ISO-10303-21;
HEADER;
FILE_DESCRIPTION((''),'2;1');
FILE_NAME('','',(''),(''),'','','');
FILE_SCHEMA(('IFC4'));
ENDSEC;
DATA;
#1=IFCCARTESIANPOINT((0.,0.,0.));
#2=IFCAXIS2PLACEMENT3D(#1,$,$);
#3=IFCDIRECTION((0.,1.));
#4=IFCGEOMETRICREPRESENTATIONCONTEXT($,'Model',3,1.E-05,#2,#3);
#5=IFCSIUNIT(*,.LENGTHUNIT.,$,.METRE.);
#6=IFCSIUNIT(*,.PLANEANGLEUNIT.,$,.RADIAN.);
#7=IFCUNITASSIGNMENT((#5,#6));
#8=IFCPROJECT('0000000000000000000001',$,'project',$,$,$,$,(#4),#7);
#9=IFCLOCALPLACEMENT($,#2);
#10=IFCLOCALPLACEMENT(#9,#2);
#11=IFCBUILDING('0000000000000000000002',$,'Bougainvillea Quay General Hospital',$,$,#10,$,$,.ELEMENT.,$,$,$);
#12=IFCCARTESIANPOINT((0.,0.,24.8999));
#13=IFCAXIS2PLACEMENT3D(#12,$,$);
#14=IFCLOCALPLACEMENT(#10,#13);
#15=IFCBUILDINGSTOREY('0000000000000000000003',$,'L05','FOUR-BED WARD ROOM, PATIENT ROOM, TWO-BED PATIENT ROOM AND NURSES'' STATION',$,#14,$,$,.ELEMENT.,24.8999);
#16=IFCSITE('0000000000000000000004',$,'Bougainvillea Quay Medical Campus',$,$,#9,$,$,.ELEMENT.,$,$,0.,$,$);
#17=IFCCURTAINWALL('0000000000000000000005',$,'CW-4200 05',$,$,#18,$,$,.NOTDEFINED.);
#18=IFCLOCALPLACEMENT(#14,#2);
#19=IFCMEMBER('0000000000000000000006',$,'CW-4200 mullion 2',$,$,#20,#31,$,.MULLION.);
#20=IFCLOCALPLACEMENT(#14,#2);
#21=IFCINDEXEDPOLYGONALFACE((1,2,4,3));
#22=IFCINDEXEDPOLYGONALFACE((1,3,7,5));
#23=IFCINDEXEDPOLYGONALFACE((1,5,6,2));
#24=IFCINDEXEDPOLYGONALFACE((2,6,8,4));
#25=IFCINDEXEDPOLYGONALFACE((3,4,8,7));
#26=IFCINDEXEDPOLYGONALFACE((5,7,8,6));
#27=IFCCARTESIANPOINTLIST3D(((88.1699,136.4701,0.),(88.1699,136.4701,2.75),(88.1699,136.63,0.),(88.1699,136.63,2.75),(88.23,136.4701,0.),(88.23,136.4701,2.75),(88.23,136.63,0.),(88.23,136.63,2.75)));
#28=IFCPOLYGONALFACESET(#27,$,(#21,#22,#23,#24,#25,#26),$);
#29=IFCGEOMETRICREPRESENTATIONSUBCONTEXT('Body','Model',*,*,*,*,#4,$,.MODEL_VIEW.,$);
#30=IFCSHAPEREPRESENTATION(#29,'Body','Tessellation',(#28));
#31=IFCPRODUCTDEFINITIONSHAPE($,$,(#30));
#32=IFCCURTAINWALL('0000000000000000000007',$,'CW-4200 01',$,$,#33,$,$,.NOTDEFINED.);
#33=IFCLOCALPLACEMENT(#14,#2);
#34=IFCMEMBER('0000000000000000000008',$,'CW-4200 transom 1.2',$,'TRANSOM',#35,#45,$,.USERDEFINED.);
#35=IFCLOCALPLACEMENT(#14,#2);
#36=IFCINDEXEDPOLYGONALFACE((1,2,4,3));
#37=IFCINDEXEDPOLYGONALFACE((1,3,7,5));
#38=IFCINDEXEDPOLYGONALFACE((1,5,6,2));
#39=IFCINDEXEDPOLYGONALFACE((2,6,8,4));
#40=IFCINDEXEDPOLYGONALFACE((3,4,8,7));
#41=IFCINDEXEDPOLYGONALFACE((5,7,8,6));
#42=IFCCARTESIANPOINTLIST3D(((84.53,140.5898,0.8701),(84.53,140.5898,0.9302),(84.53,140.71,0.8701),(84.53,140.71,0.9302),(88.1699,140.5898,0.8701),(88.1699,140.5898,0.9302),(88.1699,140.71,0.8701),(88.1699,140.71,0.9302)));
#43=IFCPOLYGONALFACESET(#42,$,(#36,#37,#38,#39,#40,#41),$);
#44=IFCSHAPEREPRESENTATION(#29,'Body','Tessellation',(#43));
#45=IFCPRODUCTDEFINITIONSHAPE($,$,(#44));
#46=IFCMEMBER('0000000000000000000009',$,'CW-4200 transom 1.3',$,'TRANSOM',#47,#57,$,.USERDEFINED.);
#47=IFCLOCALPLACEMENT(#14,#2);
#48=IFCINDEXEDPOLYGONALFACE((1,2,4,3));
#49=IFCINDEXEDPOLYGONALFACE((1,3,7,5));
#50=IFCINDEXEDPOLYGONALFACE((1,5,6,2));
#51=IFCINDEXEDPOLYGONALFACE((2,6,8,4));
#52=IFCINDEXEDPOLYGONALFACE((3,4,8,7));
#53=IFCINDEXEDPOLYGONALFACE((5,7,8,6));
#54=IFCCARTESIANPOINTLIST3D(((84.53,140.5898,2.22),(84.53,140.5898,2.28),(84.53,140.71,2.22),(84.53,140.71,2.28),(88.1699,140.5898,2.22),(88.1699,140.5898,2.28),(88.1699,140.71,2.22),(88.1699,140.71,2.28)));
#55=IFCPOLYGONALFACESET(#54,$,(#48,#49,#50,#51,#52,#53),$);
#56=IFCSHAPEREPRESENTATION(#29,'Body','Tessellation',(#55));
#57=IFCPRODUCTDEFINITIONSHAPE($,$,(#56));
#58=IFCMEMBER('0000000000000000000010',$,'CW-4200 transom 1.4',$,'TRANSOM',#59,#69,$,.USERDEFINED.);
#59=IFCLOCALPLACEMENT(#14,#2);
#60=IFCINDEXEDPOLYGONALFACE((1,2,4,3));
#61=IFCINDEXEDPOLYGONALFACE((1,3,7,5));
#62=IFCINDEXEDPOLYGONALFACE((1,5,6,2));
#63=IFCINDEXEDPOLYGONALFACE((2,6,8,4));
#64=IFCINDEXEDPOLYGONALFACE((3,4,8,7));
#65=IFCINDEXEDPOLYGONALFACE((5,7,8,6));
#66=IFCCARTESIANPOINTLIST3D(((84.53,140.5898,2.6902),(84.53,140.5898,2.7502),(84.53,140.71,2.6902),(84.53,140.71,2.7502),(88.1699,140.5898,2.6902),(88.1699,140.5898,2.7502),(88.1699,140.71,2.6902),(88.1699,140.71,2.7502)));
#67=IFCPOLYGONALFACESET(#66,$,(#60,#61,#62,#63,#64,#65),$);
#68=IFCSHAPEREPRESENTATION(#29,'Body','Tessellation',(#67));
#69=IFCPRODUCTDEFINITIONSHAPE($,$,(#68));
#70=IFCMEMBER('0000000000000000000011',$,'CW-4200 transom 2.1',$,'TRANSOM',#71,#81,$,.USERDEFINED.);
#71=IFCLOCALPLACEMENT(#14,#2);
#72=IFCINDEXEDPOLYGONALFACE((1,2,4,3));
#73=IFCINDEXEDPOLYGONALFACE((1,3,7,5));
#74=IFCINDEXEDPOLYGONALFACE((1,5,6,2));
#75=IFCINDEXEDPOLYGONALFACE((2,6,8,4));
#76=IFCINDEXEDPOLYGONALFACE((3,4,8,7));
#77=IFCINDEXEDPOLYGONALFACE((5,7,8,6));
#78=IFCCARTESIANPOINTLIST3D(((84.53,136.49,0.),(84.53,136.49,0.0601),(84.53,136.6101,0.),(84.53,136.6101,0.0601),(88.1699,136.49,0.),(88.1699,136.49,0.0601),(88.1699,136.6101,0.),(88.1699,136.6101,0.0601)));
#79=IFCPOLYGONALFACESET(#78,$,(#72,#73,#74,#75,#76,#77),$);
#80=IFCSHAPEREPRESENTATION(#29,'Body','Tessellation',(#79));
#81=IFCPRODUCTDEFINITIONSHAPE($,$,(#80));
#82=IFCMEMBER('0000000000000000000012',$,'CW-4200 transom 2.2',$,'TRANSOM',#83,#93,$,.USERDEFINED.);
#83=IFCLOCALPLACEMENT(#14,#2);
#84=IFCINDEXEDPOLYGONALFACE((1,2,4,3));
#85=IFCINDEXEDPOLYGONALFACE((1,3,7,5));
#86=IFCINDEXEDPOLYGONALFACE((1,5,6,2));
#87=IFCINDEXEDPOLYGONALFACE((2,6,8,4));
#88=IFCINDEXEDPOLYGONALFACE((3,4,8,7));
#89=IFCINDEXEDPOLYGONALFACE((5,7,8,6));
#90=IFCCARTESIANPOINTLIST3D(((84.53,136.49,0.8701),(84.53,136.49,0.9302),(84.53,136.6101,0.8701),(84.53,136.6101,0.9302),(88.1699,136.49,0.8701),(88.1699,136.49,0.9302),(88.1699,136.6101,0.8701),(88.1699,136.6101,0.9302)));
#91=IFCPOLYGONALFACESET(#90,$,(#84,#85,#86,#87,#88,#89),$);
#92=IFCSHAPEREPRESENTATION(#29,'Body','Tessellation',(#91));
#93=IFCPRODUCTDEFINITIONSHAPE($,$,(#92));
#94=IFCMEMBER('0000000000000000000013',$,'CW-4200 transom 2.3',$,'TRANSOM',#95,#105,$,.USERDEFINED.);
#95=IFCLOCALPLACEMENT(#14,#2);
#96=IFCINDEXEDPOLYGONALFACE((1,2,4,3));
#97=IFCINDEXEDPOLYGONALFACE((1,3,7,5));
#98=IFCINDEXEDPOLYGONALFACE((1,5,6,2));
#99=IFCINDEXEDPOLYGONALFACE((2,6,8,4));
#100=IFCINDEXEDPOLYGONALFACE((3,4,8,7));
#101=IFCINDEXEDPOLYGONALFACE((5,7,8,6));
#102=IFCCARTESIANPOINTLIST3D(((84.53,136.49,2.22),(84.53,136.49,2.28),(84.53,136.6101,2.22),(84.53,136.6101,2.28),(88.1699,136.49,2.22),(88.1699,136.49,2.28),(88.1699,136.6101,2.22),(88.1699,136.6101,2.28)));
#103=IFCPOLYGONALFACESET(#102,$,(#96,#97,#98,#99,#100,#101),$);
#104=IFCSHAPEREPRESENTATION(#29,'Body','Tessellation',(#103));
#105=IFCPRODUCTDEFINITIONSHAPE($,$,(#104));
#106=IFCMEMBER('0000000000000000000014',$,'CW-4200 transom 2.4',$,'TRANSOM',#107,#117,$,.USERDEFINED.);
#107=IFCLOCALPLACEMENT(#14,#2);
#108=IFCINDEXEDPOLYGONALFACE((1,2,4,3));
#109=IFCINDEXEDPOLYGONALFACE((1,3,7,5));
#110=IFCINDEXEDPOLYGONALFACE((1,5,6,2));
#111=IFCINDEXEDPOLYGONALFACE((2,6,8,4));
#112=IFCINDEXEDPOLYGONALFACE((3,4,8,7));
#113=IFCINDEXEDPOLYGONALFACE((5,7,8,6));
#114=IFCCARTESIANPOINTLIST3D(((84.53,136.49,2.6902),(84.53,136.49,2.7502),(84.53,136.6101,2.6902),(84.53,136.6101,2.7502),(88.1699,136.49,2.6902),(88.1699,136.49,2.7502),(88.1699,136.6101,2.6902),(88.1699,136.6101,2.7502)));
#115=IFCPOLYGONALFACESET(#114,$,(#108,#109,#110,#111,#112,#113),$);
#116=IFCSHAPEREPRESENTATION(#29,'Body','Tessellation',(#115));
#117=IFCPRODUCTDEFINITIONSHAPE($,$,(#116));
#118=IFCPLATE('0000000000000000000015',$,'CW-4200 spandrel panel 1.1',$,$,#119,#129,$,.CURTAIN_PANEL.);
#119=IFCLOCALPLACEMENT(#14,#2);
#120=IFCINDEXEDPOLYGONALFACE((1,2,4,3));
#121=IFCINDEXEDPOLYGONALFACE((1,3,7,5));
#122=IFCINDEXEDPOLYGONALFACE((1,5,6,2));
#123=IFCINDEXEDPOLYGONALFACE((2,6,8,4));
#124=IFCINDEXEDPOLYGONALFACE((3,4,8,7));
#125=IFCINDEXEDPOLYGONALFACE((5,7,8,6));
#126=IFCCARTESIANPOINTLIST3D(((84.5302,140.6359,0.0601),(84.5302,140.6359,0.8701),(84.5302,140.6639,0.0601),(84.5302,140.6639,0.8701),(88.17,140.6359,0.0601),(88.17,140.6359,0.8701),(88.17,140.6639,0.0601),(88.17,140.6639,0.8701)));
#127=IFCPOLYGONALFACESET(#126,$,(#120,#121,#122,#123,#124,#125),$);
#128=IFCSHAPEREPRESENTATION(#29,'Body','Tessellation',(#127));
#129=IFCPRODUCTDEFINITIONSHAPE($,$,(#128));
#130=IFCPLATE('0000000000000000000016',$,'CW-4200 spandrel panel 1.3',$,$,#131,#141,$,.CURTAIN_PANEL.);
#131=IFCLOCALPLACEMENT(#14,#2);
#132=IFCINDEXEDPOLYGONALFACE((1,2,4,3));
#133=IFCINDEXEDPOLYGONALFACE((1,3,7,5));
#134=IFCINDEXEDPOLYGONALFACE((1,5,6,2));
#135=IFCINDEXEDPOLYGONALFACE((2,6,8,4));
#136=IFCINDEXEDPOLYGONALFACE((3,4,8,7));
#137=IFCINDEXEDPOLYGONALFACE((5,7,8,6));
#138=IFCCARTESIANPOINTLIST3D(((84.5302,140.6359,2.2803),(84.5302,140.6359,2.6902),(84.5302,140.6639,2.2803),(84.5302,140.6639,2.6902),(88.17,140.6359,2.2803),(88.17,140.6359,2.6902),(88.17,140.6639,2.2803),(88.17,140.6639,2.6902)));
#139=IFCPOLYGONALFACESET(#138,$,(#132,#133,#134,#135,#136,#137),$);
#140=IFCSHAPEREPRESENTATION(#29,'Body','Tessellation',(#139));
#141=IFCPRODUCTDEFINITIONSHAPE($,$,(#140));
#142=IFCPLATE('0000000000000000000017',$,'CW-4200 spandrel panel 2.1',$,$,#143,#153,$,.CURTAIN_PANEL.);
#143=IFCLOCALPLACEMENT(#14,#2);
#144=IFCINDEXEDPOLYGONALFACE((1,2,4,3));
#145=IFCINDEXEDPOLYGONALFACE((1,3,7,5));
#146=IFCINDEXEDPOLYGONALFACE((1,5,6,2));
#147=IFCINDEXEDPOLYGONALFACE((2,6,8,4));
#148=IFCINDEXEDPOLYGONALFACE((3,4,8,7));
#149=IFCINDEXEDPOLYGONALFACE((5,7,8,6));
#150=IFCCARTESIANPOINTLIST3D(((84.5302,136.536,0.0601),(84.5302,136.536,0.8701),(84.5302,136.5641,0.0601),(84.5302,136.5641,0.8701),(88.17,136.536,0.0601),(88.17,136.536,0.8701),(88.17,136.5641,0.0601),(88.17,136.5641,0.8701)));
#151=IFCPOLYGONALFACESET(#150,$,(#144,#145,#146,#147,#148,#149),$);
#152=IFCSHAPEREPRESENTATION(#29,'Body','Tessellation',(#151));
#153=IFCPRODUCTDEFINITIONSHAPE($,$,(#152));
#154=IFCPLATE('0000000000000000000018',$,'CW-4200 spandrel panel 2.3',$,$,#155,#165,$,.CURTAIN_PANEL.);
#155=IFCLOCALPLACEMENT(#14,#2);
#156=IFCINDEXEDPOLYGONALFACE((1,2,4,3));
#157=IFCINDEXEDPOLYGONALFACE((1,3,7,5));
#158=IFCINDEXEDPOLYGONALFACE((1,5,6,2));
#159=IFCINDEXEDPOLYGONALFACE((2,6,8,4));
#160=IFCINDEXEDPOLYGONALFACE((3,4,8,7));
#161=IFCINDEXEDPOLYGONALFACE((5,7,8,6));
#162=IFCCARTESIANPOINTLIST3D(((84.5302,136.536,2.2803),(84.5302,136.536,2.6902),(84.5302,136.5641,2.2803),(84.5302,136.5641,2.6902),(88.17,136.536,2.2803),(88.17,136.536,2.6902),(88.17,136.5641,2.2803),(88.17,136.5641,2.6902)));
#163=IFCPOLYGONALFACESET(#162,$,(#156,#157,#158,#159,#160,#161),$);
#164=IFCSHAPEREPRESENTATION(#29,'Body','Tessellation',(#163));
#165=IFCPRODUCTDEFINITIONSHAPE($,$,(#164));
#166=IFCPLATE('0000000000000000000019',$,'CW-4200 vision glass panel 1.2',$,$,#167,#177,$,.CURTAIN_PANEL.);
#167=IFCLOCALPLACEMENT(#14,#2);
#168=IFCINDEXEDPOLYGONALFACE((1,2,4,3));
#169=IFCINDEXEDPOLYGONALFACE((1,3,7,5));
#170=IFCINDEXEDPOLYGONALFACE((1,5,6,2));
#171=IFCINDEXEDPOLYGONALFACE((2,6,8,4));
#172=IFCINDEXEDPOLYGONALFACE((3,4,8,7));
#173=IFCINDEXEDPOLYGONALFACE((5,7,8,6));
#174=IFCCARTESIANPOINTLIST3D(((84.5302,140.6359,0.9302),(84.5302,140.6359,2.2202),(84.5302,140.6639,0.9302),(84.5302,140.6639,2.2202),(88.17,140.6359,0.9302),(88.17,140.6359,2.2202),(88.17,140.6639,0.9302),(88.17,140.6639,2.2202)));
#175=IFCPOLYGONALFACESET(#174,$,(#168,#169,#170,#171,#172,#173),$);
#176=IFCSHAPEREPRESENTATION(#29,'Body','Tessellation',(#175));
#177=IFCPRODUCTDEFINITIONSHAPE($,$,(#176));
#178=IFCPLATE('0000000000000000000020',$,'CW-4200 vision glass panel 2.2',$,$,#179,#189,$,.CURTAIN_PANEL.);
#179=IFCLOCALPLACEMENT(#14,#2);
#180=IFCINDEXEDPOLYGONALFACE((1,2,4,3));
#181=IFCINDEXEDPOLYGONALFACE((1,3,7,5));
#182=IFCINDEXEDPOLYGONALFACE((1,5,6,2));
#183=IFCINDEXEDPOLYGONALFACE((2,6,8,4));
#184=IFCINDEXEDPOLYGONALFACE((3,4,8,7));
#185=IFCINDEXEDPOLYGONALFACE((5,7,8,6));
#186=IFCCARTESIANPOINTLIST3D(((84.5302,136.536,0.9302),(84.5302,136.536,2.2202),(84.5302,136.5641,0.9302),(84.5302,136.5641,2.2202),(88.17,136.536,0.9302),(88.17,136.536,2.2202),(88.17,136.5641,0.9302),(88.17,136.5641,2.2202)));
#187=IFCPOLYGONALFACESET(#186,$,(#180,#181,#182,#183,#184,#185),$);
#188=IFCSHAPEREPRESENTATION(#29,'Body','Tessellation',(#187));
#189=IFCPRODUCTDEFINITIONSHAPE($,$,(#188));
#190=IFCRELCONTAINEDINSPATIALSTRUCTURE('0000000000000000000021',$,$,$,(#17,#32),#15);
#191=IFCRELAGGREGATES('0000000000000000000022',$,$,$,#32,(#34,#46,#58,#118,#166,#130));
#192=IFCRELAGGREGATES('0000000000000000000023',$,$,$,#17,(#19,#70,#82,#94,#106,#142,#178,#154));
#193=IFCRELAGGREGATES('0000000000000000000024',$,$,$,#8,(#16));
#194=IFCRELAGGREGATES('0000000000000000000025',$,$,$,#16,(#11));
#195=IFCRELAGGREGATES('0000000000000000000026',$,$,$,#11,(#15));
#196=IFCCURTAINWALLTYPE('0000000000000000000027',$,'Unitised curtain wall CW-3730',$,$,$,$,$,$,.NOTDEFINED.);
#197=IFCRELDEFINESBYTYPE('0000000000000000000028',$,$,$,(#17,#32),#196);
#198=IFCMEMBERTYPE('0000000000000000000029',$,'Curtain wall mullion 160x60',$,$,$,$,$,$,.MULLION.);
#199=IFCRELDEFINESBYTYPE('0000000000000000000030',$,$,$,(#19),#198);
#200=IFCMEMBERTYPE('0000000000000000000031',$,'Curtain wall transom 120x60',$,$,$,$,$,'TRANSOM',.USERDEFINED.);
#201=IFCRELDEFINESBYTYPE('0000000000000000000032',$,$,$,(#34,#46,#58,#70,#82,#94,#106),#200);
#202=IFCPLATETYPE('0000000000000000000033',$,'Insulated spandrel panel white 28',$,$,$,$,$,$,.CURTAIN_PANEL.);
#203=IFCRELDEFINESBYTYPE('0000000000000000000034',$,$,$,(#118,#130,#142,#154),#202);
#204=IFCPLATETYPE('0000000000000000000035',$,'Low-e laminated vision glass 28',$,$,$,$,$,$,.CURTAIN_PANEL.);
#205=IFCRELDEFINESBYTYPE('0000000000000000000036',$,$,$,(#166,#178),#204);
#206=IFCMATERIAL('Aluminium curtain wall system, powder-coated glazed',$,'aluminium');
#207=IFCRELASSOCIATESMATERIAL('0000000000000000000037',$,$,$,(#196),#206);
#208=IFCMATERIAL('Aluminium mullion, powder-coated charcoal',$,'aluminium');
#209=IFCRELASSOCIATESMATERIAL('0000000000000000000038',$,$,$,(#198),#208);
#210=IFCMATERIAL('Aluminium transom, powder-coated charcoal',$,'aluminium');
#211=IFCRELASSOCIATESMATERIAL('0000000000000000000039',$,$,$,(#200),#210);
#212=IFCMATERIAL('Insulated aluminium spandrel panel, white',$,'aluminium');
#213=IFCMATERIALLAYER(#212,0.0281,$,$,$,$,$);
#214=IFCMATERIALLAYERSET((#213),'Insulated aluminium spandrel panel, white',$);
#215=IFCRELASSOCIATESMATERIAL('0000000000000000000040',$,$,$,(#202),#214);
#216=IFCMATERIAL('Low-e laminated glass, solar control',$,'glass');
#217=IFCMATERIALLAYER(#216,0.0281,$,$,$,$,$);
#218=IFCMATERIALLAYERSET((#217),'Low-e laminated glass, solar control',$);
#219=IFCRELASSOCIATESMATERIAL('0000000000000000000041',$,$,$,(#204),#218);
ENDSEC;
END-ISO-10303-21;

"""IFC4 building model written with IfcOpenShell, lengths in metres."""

from ifc_helpers import new_model, si_unit, direction, frame, origin, origin_2d, place, context, subcontext, project, spatial, rectangle, extrude, material, layer, layer_set, material_profile, profile_set, type_object, element, aggregate, save


model = new_model("IFC4")

# Units and contexts
model_context = context("Model", 3, precision=1e-05, world=origin(), true_north=direction((0.0, 1.0)))
body_context = subcontext(model_context, "Body", "Model", "MODEL_VIEW")
ifc_project = project(units=[si_unit("LENGTHUNIT", "METRE"), si_unit("PLANEANGLEUNIT", "RADIAN")], contexts=[model_context])

# Site, building, storey
site_placement = place(None, origin())
site = spatial("IfcSite", under=ifc_project, at=site_placement, Name="Bougainvillea Quay Medical Campus", CompositionType="ELEMENT", RefElevation=0.0)
building_placement = place(site_placement, origin())
building = spatial("IfcBuilding", under=site, at=building_placement, Name="Bougainvillea Quay General Hospital", CompositionType="ELEMENT")
storey_placement = place(building_placement, frame((0.0, 0.0, 24.8999)))
storey = spatial("IfcBuildingStorey", under=building, at=storey_placement, Name="L05", Description="FOUR-BED WARD ROOM, PATIENT ROOM, TWO-BED PATIENT ROOM AND NURSES' STATION", CompositionType="ELEMENT", Elevation=24.8999)

# Curtain wall, member
ifc_material_1 = material(Name="Aluminium curtain wall system, powder-coated glazed", Category="aluminium")
curtain_wall_type = type_object("IfcCurtainWallType", Name="Unitised curtain wall CW-3730", PredefinedType="NOTDEFINED", material=ifc_material_1)
curtain_wall_1_placement = place(storey_placement, origin())
curtain_wall_1 = element("IfcCurtainWall", 1, at=curtain_wall_1_placement, inside=storey, type_object=curtain_wall_type, Name="CW-4200 05", PredefinedType="NOTDEFINED")
ifc_material_2 = material(Name="Aluminium mullion, powder-coated charcoal", Category="aluminium")
ifc_material_profile_1 = material_profile(ifc_material_2, rectangle(XDim=0.1599, YDim=0.0601, at=origin_2d()))
ifc_profile_set_1 = profile_set([ifc_material_profile_1], Name="Aluminium mullion, powder-coated charcoal")
member_type_1 = type_object("IfcMemberType", Name="Curtain wall mullion 160x60", PredefinedType="MULLION", material=ifc_profile_set_1)
member_1_placement = place(storey_placement, frame((88.2, 136.55, 0.0), z_axis=(0.0, 0.0, 1.0), x_axis=(0.0, -1.0, 0.0)))
member_1 = element("IfcMember", 2, at=member_1_placement, type_object=member_type_1, Name="CW-4200 mullion 2", PredefinedType="MULLION", context=body_context, shape_type="SweptSolid", body=[
    extrude(rectangle(XDim=0.1599, YDim=0.0601, at=origin_2d()), origin(), (0.0, 0.0, 1.0), 2.75),
])

# Curtain wall, members
curtain_wall_2_placement = place(storey_placement, origin())
curtain_wall_2 = element("IfcCurtainWall", 3, at=curtain_wall_2_placement, inside=storey, type_object=curtain_wall_type, Name="CW-4200 01", PredefinedType="NOTDEFINED")
ifc_material_3 = material(Name="Aluminium transom, powder-coated charcoal", Category="aluminium")
ifc_material_profile_2 = material_profile(ifc_material_3, rectangle(XDim=0.1201, YDim=0.0601, at=origin_2d()))
ifc_profile_set_2 = profile_set([ifc_material_profile_2], Name="Aluminium transom, powder-coated charcoal")
member_type_2 = type_object("IfcMemberType", Name="Curtain wall transom 120x60", ElementType="TRANSOM", PredefinedType="USERDEFINED", material=ifc_profile_set_2)
member_2_placement = place(storey_placement, frame((84.53, 140.6499, 0.9001), z_axis=(1.0, 0.0, 0.0), x_axis=(0.0, 1.0, 0.0)))
member_2 = element("IfcMember", 4, at=member_2_placement, type_object=member_type_2, Name="CW-4200 transom 1.2", ObjectType="TRANSOM", PredefinedType="USERDEFINED", context=body_context, shape_type="SweptSolid", body=[
    extrude(rectangle(XDim=0.1201, YDim=0.0601, at=origin_2d()), origin(), (0.0, 0.0, 1.0), 3.6399),
])
member_3_placement = place(storey_placement, frame((84.53, 140.6499, 2.25), z_axis=(1.0, 0.0, 0.0), x_axis=(0.0, 1.0, 0.0)))
member_3 = element("IfcMember", 5, at=member_3_placement, type_object=member_type_2, Name="CW-4200 transom 1.3", ObjectType="TRANSOM", PredefinedType="USERDEFINED", context=body_context, shape_type="SweptSolid", body=[
    extrude(rectangle(XDim=0.1201, YDim=0.0601, at=origin_2d()), origin(), (0.0, 0.0, 1.0), 3.6399),
])
member_4_placement = place(storey_placement, frame((84.53, 140.6499, 2.7202), z_axis=(1.0, 0.0, 0.0), x_axis=(0.0, 1.0, 0.0)))
member_4 = element("IfcMember", 6, at=member_4_placement, type_object=member_type_2, Name="CW-4200 transom 1.4", ObjectType="TRANSOM", PredefinedType="USERDEFINED", context=body_context, shape_type="SweptSolid", body=[
    extrude(rectangle(XDim=0.1201, YDim=0.0601, at=origin_2d()), origin(), (0.0, 0.0, 1.0), 3.6399),
])

# Members
member_5_placement = place(storey_placement, frame((88.1699, 136.55, 0.03), z_axis=(-1.0, 0.0, 0.0), x_axis=(0.0, -1.0, 0.0)))
member_5 = element("IfcMember", 7, at=member_5_placement, type_object=member_type_2, Name="CW-4200 transom 2.1", ObjectType="TRANSOM", PredefinedType="USERDEFINED", context=body_context, shape_type="SweptSolid", body=[
    extrude(rectangle(XDim=0.1201, YDim=0.0601, at=origin_2d()), origin(), (0.0, 0.0, 1.0), 3.6399),
])
member_6_placement = place(storey_placement, frame((88.1699, 136.55, 0.9001), z_axis=(-1.0, 0.0, 0.0), x_axis=(0.0, -1.0, 0.0)))
member_6 = element("IfcMember", 8, at=member_6_placement, type_object=member_type_2, Name="CW-4200 transom 2.2", ObjectType="TRANSOM", PredefinedType="USERDEFINED", context=body_context, shape_type="SweptSolid", body=[
    extrude(rectangle(XDim=0.1201, YDim=0.0601, at=origin_2d()), origin(), (0.0, 0.0, 1.0), 3.6399),
])
member_7_placement = place(storey_placement, frame((88.1699, 136.55, 2.25), z_axis=(-1.0, 0.0, 0.0), x_axis=(0.0, -1.0, 0.0)))
member_7 = element("IfcMember", 9, at=member_7_placement, type_object=member_type_2, Name="CW-4200 transom 2.3", ObjectType="TRANSOM", PredefinedType="USERDEFINED", context=body_context, shape_type="SweptSolid", body=[
    extrude(rectangle(XDim=0.1201, YDim=0.0601, at=origin_2d()), origin(), (0.0, 0.0, 1.0), 3.6399),
])
member_8_placement = place(storey_placement, frame((88.1699, 136.55, 2.7202), z_axis=(-1.0, 0.0, 0.0), x_axis=(0.0, -1.0, 0.0)))
member_8 = element("IfcMember", 10, at=member_8_placement, type_object=member_type_2, Name="CW-4200 transom 2.4", ObjectType="TRANSOM", PredefinedType="USERDEFINED", context=body_context, shape_type="SweptSolid", body=[
    extrude(rectangle(XDim=0.1201, YDim=0.0601, at=origin_2d()), origin(), (0.0, 0.0, 1.0), 3.6399),
])

# Plates
ifc_material_4 = material(Name="Insulated aluminium spandrel panel, white", Category="aluminium")
ifc_layer_1 = layer(ifc_material_4, 0.0281)
ifc_layer_set_1 = layer_set([ifc_layer_1], Name="Insulated aluminium spandrel panel, white")
plate_type_1 = type_object("IfcPlateType", Name="Insulated spandrel panel white 28", PredefinedType="CURTAIN_PANEL", material=ifc_layer_set_1)
plate_1_placement = place(storey_placement, frame((86.3501, 140.6499, 0.0601), z_axis=(0.0, 0.0, 1.0), x_axis=(1.0, 0.0, 0.0)))
plate_1 = element("IfcPlate", 11, at=plate_1_placement, type_object=plate_type_1, Name="CW-4200 spandrel panel 1.1", PredefinedType="CURTAIN_PANEL", context=body_context, shape_type="SweptSolid", body=[
    extrude(rectangle(XDim=3.6399, YDim=0.0281, at=origin_2d()), origin(), (0.0, 0.0, 1.0), 0.8101),
])
plate_2_placement = place(storey_placement, frame((86.3501, 140.6499, 2.2803), z_axis=(0.0, 0.0, 1.0), x_axis=(1.0, 0.0, 0.0)))
plate_2 = element("IfcPlate", 12, at=plate_2_placement, type_object=plate_type_1, Name="CW-4200 spandrel panel 1.3", PredefinedType="CURTAIN_PANEL", context=body_context, shape_type="SweptSolid", body=[
    extrude(rectangle(XDim=3.6399, YDim=0.0281, at=origin_2d()), origin(), (0.0, 0.0, 1.0), 0.4099),
])
plate_3_placement = place(storey_placement, frame((86.3501, 136.55, 0.0601), z_axis=(0.0, 0.0, 1.0), x_axis=(-1.0, 0.0, 0.0)))
plate_3 = element("IfcPlate", 13, at=plate_3_placement, type_object=plate_type_1, Name="CW-4200 spandrel panel 2.1", PredefinedType="CURTAIN_PANEL", context=body_context, shape_type="SweptSolid", body=[
    extrude(rectangle(XDim=3.6399, YDim=0.0281, at=origin_2d()), origin(), (0.0, 0.0, 1.0), 0.8101),
])
plate_4_placement = place(storey_placement, frame((86.3501, 136.55, 2.2803), z_axis=(0.0, 0.0, 1.0), x_axis=(-1.0, 0.0, 0.0)))
plate_4 = element("IfcPlate", 14, at=plate_4_placement, type_object=plate_type_1, Name="CW-4200 spandrel panel 2.3", PredefinedType="CURTAIN_PANEL", context=body_context, shape_type="SweptSolid", body=[
    extrude(rectangle(XDim=3.6399, YDim=0.0281, at=origin_2d()), origin(), (0.0, 0.0, 1.0), 0.4099),
])
ifc_material_5 = material(Name="Low-e laminated glass, solar control", Category="glass")
ifc_layer_2 = layer(ifc_material_5, 0.0281)
ifc_layer_set_2 = layer_set([ifc_layer_2], Name="Low-e laminated glass, solar control")
plate_type_2 = type_object("IfcPlateType", Name="Low-e laminated vision glass 28", PredefinedType="CURTAIN_PANEL", material=ifc_layer_set_2)
plate_5_placement = place(storey_placement, frame((86.3501, 140.6499, 0.9302), z_axis=(0.0, 0.0, 1.0), x_axis=(1.0, 0.0, 0.0)))
plate_5 = element("IfcPlate", 15, at=plate_5_placement, type_object=plate_type_2, Name="CW-4200 vision glass panel 1.2", PredefinedType="CURTAIN_PANEL", context=body_context, shape_type="SweptSolid", body=[
    extrude(rectangle(XDim=3.6399, YDim=0.0281, at=origin_2d()), origin(), (0.0, 0.0, 1.0), 1.29),
])
aggregate(curtain_wall_2, [member_2, member_3, member_4, plate_1, plate_5, plate_2])
plate_6_placement = place(storey_placement, frame((86.3501, 136.55, 0.9302), z_axis=(0.0, 0.0, 1.0), x_axis=(-1.0, 0.0, 0.0)))
plate_6 = element("IfcPlate", 16, at=plate_6_placement, type_object=plate_type_2, Name="CW-4200 vision glass panel 2.2", PredefinedType="CURTAIN_PANEL", context=body_context, shape_type="SweptSolid", body=[
    extrude(rectangle(XDim=3.6399, YDim=0.0281, at=origin_2d()), origin(), (0.0, 0.0, 1.0), 1.29),
])
aggregate(curtain_wall_1, [member_1, member_5, member_6, member_7, member_8, plate_3, plate_6, plate_4])

save(model, "model.ifc")
